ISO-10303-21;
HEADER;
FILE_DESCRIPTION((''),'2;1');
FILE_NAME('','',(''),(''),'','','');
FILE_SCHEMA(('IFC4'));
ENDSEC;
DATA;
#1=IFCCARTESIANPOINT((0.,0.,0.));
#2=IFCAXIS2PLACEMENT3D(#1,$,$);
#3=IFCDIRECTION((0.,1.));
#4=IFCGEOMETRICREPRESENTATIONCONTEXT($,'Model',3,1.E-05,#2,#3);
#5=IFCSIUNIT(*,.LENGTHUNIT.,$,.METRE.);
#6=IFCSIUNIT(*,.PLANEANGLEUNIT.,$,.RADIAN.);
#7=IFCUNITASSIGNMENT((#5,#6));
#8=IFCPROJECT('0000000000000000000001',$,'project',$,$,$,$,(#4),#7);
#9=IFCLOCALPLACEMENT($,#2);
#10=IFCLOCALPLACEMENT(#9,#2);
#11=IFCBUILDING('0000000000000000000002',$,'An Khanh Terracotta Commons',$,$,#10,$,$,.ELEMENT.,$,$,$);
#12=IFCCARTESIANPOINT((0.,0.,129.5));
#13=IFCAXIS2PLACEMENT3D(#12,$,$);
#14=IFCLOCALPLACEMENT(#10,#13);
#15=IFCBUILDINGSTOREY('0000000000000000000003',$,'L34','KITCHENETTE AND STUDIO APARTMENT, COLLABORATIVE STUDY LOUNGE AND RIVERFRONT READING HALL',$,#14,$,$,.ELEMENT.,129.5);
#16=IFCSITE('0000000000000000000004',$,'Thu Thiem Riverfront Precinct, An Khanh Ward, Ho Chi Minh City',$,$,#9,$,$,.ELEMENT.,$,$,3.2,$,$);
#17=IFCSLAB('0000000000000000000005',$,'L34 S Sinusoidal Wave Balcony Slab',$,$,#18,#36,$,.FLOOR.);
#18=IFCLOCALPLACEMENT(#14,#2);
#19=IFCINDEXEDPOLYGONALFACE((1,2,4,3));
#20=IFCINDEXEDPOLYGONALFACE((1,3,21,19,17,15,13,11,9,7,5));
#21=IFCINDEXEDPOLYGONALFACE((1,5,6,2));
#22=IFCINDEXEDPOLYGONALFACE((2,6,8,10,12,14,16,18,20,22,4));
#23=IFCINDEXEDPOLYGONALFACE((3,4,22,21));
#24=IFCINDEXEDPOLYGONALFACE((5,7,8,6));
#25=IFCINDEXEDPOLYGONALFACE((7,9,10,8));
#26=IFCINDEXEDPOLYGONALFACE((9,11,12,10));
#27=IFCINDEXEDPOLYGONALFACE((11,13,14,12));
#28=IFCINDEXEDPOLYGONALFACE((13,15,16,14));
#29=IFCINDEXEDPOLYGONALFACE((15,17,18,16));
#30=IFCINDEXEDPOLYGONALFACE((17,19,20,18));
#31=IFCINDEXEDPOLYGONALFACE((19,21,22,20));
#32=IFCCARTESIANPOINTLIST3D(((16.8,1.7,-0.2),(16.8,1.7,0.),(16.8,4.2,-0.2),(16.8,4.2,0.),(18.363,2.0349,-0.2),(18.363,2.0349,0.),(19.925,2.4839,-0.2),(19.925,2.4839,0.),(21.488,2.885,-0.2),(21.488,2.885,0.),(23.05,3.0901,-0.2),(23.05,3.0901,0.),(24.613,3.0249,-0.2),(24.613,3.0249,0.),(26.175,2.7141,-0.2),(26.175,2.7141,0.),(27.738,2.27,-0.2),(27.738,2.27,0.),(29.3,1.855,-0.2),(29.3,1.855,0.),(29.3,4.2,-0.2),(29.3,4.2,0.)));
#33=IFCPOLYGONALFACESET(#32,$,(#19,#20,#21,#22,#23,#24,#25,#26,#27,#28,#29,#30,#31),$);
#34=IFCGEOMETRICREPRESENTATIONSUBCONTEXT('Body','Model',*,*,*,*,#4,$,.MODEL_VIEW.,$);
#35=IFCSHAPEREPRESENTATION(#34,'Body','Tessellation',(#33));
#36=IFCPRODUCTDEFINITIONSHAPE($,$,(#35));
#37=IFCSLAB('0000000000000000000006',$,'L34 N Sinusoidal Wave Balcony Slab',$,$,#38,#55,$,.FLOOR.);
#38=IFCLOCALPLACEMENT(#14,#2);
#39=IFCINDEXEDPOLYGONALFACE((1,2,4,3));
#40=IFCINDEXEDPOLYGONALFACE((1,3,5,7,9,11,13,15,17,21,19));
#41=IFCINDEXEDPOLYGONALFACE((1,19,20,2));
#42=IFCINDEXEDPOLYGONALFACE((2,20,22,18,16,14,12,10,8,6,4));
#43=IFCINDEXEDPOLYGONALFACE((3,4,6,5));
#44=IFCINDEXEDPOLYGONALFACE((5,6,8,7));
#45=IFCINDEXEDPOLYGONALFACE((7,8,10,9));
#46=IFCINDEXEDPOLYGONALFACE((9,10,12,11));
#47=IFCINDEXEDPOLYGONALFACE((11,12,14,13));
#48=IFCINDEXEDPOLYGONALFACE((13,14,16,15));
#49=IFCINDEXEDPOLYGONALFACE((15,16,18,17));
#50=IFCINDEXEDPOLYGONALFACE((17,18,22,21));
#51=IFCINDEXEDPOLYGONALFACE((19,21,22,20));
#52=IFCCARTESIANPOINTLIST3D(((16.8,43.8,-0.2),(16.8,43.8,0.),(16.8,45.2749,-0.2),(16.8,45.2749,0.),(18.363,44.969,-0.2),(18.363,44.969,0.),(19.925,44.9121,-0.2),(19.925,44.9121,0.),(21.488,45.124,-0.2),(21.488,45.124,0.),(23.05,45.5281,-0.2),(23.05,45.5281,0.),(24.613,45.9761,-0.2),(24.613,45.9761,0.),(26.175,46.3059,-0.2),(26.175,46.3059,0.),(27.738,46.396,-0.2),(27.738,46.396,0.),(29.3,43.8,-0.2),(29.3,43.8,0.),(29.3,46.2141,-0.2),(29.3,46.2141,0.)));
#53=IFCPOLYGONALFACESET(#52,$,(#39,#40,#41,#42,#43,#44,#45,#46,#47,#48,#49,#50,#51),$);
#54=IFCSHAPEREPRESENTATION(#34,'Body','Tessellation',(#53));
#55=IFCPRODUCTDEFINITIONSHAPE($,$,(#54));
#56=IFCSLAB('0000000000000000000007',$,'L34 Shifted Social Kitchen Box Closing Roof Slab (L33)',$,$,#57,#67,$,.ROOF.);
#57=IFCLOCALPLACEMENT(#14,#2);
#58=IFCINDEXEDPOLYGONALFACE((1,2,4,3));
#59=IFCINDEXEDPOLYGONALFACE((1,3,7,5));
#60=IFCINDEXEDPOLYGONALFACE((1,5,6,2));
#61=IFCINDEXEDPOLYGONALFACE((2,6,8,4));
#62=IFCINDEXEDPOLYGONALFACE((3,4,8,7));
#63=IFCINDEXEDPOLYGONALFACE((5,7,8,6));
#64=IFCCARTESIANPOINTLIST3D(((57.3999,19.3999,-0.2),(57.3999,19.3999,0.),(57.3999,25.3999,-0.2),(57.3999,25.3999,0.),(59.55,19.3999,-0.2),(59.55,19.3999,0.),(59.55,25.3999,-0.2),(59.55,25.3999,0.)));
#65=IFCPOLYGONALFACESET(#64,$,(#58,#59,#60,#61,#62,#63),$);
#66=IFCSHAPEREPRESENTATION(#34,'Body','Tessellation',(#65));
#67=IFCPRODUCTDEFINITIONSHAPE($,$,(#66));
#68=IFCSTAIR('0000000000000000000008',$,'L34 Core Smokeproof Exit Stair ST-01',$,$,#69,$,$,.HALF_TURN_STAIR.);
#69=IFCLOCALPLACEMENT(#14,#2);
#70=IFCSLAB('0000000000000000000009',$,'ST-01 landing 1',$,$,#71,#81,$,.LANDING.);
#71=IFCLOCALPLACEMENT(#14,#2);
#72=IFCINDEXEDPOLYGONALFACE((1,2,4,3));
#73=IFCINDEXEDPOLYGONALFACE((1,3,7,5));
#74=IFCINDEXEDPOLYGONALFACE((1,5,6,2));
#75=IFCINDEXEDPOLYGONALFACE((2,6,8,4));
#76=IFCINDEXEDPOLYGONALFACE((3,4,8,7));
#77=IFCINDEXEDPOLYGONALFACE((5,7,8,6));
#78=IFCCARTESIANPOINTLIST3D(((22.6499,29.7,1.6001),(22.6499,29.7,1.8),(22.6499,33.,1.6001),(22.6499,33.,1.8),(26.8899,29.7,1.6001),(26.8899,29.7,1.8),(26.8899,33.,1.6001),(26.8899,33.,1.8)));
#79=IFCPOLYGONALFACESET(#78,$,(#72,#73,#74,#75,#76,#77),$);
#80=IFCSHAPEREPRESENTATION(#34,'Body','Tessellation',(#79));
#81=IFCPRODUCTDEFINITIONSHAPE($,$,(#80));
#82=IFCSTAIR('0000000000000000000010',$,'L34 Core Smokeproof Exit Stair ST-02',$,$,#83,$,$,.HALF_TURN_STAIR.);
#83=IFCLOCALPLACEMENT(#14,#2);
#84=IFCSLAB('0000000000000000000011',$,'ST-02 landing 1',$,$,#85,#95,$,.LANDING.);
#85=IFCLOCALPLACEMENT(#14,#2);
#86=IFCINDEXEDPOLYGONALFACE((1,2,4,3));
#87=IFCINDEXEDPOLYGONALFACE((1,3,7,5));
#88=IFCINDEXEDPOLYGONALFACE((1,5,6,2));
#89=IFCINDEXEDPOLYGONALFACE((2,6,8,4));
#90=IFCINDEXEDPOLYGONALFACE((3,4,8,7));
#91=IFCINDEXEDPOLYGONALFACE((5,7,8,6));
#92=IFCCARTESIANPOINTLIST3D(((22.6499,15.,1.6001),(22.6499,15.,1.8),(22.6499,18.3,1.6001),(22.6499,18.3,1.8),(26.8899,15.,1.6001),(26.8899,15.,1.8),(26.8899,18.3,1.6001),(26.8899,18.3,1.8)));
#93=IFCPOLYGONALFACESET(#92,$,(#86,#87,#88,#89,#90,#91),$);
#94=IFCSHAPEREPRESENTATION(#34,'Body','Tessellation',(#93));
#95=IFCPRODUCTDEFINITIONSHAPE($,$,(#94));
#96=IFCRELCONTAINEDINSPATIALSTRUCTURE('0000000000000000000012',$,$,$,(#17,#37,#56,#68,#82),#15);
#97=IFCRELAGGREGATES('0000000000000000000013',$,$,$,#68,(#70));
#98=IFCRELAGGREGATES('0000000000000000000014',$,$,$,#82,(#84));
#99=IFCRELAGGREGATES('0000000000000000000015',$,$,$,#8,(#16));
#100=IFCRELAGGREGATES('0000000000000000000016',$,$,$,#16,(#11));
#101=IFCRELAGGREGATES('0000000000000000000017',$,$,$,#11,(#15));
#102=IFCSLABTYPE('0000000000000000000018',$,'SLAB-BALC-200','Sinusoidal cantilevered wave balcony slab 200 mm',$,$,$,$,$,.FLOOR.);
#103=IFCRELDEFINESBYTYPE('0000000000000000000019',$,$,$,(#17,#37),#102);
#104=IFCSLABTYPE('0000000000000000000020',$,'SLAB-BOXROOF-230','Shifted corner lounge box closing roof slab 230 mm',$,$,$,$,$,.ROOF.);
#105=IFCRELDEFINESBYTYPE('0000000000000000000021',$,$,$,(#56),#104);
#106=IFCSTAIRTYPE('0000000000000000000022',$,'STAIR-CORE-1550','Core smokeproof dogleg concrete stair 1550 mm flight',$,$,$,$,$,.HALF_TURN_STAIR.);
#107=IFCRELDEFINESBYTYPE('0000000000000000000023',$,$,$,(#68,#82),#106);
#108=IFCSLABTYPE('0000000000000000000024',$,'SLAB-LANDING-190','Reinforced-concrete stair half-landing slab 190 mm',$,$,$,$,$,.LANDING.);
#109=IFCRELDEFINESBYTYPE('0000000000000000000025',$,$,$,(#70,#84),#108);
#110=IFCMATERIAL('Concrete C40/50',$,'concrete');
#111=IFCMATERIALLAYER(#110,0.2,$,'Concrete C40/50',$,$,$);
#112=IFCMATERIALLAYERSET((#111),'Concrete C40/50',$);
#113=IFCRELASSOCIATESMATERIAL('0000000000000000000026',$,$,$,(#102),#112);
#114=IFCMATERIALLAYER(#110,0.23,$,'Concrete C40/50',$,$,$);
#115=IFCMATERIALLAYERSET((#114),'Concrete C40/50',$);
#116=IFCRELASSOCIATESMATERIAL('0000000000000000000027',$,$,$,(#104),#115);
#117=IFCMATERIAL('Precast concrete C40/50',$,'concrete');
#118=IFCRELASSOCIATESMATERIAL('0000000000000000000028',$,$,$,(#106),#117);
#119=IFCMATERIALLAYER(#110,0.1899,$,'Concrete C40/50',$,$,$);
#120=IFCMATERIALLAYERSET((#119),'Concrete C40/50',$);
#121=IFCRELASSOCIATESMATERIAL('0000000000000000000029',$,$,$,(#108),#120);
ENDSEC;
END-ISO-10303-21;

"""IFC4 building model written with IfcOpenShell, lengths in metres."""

from ifc_helpers import new_model, si_unit, direction, frame, origin, place, context, subcontext, project, spatial, polyline, outline, extrude, material, layer, layer_set, type_object, element, aggregate, save


model = new_model("IFC4")

# Units and contexts
model_context = context("Model", 3, precision=1e-05, world=origin(), true_north=direction((0.0, 1.0)))
body_context = subcontext(model_context, "Body", "Model", "MODEL_VIEW")
ifc_project = project(units=[si_unit("LENGTHUNIT", "METRE"), si_unit("PLANEANGLEUNIT", "RADIAN")], contexts=[model_context])

# Site, building, storey
site_placement = place(None, origin())
site = spatial("IfcSite", under=ifc_project, at=site_placement, Name="Thu Thiem Riverfront Precinct, An Khanh Ward, Ho Chi Minh City", CompositionType="ELEMENT", RefElevation=3.2)
building_placement = place(site_placement, origin())
building = spatial("IfcBuilding", under=site, at=building_placement, Name="An Khanh Terracotta Commons", CompositionType="ELEMENT")
storey_placement = place(building_placement, frame((0.0, 0.0, 129.5)))
storey = spatial("IfcBuildingStorey", under=building, at=storey_placement, Name="L34", Description="KITCHENETTE AND STUDIO APARTMENT, COLLABORATIVE STUDY LOUNGE AND RIVERFRONT READING HALL", CompositionType="ELEMENT", Elevation=129.5)

# Slabs
ifc_material_1 = material(Name="Concrete C40/50", Category="concrete")
ifc_layer_1 = layer(ifc_material_1, 0.2, Name="Concrete C40/50")
ifc_layer_set_1 = layer_set([ifc_layer_1], Name="Concrete C40/50")
slab_type_1 = type_object("IfcSlabType", Name="SLAB-BALC-200", Description="Sinusoidal cantilevered wave balcony slab 200 mm", PredefinedType="FLOOR", material=ifc_layer_set_1)
slab_1_placement = place(storey_placement, frame((0.0, 0.0, -0.2)))
element("IfcSlab", 1, at=slab_1_placement, inside=storey, type_object=slab_type_1, Name="L34 S Sinusoidal Wave Balcony Slab", PredefinedType="FLOOR", context=body_context, shape_type="SweptSolid", body=[
    extrude(outline(polyline([(16.8, 4.2), (16.8, 1.7), (18.363, 2.0349), (19.925, 2.4839), (21.488, 2.885), (23.05, 3.0901), (24.613, 3.0249), (26.175, 2.7141), (27.738, 2.27), (29.3, 1.855), (29.3, 4.2), (16.8, 4.2)])), origin(), (0.0, 0.0, 1.0), 0.2),
])
slab_2_placement = place(storey_placement, frame((0.0, 0.0, -0.2)))
element("IfcSlab", 2, at=slab_2_placement, inside=storey, type_object=slab_type_1, Name="L34 N Sinusoidal Wave Balcony Slab", PredefinedType="FLOOR", context=body_context, shape_type="SweptSolid", body=[
    extrude(outline(polyline([(29.3, 43.8), (29.3, 46.2141), (27.738, 46.396), (26.175, 46.3059), (24.613, 45.9761), (23.05, 45.5281), (21.488, 45.124), (19.925, 44.9121), (18.363, 44.969), (16.8, 45.2749), (16.8, 43.8), (29.3, 43.8)])), origin(), (0.0, 0.0, 1.0), 0.2),
])
ifc_layer_2 = layer(ifc_material_1, 0.23, Name="Concrete C40/50")
ifc_layer_set_2 = layer_set([ifc_layer_2], Name="Concrete C40/50")
slab_type_2 = type_object("IfcSlabType", Name="SLAB-BOXROOF-230", Description="Shifted corner lounge box closing roof slab 230 mm", PredefinedType="ROOF", material=ifc_layer_set_2)
slab_3_placement = place(storey_placement, frame((0.0, 0.0, -0.2)))
element("IfcSlab", 3, at=slab_3_placement, inside=storey, type_object=slab_type_2, Name="L34 Shifted Social Kitchen Box Closing Roof Slab (L33)", PredefinedType="ROOF", context=body_context, shape_type="SweptSolid", body=[
    extrude(outline(polyline([(57.3999, 19.3999), (59.55, 19.3999), (59.55, 25.3999), (57.3999, 25.3999), (57.3999, 19.3999)])), origin(), (0.0, 0.0, 1.0), 0.2),
])

# Stairs, slabs
ifc_material_2 = material(Name="Precast concrete C40/50", Category="concrete")
stair_type = type_object("IfcStairType", Name="STAIR-CORE-1550", Description="Core smokeproof dogleg concrete stair 1550 mm flight", PredefinedType="HALF_TURN_STAIR", material=ifc_material_2)
stair_1_placement = place(storey_placement, origin())
stair_1 = element("IfcStair", 4, at=stair_1_placement, inside=storey, type_object=stair_type, Name="L34 Core Smokeproof Exit Stair ST-01", PredefinedType="HALF_TURN_STAIR")
ifc_layer_3 = layer(ifc_material_1, 0.1899, Name="Concrete C40/50")
ifc_layer_set_3 = layer_set([ifc_layer_3], Name="Concrete C40/50")
slab_type_3 = type_object("IfcSlabType", Name="SLAB-LANDING-190", Description="Reinforced-concrete stair half-landing slab 190 mm", PredefinedType="LANDING", material=ifc_layer_set_3)
slab_4_placement = place(storey_placement, frame((0.0, 0.0, 1.6001)))
slab_4 = element("IfcSlab", 5, at=slab_4_placement, type_object=slab_type_3, Name="ST-01 landing 1", PredefinedType="LANDING", context=body_context, shape_type="SweptSolid", body=[
    extrude(outline(polyline([(26.8899, 33.0), (22.6499, 33.0), (22.6499, 29.7), (26.8899, 29.7), (26.8899, 33.0)])), origin(), (0.0, 0.0, 1.0), 0.2),
])
aggregate(stair_1, [slab_4])
stair_2_placement = place(storey_placement, origin())
stair_2 = element("IfcStair", 6, at=stair_2_placement, inside=storey, type_object=stair_type, Name="L34 Core Smokeproof Exit Stair ST-02", PredefinedType="HALF_TURN_STAIR")
slab_5_placement = place(storey_placement, frame((0.0, 0.0, 1.6001)))
slab_5 = element("IfcSlab", 7, at=slab_5_placement, type_object=slab_type_3, Name="ST-02 landing 1", PredefinedType="LANDING", context=body_context, shape_type="SweptSolid", body=[
    extrude(outline(polyline([(26.8899, 18.3), (22.6499, 18.3), (22.6499, 15.0), (26.8899, 15.0), (26.8899, 18.3)])), origin(), (0.0, 0.0, 1.0), 0.2),
])
aggregate(stair_2, [slab_5])

save(model, "model.ifc")
